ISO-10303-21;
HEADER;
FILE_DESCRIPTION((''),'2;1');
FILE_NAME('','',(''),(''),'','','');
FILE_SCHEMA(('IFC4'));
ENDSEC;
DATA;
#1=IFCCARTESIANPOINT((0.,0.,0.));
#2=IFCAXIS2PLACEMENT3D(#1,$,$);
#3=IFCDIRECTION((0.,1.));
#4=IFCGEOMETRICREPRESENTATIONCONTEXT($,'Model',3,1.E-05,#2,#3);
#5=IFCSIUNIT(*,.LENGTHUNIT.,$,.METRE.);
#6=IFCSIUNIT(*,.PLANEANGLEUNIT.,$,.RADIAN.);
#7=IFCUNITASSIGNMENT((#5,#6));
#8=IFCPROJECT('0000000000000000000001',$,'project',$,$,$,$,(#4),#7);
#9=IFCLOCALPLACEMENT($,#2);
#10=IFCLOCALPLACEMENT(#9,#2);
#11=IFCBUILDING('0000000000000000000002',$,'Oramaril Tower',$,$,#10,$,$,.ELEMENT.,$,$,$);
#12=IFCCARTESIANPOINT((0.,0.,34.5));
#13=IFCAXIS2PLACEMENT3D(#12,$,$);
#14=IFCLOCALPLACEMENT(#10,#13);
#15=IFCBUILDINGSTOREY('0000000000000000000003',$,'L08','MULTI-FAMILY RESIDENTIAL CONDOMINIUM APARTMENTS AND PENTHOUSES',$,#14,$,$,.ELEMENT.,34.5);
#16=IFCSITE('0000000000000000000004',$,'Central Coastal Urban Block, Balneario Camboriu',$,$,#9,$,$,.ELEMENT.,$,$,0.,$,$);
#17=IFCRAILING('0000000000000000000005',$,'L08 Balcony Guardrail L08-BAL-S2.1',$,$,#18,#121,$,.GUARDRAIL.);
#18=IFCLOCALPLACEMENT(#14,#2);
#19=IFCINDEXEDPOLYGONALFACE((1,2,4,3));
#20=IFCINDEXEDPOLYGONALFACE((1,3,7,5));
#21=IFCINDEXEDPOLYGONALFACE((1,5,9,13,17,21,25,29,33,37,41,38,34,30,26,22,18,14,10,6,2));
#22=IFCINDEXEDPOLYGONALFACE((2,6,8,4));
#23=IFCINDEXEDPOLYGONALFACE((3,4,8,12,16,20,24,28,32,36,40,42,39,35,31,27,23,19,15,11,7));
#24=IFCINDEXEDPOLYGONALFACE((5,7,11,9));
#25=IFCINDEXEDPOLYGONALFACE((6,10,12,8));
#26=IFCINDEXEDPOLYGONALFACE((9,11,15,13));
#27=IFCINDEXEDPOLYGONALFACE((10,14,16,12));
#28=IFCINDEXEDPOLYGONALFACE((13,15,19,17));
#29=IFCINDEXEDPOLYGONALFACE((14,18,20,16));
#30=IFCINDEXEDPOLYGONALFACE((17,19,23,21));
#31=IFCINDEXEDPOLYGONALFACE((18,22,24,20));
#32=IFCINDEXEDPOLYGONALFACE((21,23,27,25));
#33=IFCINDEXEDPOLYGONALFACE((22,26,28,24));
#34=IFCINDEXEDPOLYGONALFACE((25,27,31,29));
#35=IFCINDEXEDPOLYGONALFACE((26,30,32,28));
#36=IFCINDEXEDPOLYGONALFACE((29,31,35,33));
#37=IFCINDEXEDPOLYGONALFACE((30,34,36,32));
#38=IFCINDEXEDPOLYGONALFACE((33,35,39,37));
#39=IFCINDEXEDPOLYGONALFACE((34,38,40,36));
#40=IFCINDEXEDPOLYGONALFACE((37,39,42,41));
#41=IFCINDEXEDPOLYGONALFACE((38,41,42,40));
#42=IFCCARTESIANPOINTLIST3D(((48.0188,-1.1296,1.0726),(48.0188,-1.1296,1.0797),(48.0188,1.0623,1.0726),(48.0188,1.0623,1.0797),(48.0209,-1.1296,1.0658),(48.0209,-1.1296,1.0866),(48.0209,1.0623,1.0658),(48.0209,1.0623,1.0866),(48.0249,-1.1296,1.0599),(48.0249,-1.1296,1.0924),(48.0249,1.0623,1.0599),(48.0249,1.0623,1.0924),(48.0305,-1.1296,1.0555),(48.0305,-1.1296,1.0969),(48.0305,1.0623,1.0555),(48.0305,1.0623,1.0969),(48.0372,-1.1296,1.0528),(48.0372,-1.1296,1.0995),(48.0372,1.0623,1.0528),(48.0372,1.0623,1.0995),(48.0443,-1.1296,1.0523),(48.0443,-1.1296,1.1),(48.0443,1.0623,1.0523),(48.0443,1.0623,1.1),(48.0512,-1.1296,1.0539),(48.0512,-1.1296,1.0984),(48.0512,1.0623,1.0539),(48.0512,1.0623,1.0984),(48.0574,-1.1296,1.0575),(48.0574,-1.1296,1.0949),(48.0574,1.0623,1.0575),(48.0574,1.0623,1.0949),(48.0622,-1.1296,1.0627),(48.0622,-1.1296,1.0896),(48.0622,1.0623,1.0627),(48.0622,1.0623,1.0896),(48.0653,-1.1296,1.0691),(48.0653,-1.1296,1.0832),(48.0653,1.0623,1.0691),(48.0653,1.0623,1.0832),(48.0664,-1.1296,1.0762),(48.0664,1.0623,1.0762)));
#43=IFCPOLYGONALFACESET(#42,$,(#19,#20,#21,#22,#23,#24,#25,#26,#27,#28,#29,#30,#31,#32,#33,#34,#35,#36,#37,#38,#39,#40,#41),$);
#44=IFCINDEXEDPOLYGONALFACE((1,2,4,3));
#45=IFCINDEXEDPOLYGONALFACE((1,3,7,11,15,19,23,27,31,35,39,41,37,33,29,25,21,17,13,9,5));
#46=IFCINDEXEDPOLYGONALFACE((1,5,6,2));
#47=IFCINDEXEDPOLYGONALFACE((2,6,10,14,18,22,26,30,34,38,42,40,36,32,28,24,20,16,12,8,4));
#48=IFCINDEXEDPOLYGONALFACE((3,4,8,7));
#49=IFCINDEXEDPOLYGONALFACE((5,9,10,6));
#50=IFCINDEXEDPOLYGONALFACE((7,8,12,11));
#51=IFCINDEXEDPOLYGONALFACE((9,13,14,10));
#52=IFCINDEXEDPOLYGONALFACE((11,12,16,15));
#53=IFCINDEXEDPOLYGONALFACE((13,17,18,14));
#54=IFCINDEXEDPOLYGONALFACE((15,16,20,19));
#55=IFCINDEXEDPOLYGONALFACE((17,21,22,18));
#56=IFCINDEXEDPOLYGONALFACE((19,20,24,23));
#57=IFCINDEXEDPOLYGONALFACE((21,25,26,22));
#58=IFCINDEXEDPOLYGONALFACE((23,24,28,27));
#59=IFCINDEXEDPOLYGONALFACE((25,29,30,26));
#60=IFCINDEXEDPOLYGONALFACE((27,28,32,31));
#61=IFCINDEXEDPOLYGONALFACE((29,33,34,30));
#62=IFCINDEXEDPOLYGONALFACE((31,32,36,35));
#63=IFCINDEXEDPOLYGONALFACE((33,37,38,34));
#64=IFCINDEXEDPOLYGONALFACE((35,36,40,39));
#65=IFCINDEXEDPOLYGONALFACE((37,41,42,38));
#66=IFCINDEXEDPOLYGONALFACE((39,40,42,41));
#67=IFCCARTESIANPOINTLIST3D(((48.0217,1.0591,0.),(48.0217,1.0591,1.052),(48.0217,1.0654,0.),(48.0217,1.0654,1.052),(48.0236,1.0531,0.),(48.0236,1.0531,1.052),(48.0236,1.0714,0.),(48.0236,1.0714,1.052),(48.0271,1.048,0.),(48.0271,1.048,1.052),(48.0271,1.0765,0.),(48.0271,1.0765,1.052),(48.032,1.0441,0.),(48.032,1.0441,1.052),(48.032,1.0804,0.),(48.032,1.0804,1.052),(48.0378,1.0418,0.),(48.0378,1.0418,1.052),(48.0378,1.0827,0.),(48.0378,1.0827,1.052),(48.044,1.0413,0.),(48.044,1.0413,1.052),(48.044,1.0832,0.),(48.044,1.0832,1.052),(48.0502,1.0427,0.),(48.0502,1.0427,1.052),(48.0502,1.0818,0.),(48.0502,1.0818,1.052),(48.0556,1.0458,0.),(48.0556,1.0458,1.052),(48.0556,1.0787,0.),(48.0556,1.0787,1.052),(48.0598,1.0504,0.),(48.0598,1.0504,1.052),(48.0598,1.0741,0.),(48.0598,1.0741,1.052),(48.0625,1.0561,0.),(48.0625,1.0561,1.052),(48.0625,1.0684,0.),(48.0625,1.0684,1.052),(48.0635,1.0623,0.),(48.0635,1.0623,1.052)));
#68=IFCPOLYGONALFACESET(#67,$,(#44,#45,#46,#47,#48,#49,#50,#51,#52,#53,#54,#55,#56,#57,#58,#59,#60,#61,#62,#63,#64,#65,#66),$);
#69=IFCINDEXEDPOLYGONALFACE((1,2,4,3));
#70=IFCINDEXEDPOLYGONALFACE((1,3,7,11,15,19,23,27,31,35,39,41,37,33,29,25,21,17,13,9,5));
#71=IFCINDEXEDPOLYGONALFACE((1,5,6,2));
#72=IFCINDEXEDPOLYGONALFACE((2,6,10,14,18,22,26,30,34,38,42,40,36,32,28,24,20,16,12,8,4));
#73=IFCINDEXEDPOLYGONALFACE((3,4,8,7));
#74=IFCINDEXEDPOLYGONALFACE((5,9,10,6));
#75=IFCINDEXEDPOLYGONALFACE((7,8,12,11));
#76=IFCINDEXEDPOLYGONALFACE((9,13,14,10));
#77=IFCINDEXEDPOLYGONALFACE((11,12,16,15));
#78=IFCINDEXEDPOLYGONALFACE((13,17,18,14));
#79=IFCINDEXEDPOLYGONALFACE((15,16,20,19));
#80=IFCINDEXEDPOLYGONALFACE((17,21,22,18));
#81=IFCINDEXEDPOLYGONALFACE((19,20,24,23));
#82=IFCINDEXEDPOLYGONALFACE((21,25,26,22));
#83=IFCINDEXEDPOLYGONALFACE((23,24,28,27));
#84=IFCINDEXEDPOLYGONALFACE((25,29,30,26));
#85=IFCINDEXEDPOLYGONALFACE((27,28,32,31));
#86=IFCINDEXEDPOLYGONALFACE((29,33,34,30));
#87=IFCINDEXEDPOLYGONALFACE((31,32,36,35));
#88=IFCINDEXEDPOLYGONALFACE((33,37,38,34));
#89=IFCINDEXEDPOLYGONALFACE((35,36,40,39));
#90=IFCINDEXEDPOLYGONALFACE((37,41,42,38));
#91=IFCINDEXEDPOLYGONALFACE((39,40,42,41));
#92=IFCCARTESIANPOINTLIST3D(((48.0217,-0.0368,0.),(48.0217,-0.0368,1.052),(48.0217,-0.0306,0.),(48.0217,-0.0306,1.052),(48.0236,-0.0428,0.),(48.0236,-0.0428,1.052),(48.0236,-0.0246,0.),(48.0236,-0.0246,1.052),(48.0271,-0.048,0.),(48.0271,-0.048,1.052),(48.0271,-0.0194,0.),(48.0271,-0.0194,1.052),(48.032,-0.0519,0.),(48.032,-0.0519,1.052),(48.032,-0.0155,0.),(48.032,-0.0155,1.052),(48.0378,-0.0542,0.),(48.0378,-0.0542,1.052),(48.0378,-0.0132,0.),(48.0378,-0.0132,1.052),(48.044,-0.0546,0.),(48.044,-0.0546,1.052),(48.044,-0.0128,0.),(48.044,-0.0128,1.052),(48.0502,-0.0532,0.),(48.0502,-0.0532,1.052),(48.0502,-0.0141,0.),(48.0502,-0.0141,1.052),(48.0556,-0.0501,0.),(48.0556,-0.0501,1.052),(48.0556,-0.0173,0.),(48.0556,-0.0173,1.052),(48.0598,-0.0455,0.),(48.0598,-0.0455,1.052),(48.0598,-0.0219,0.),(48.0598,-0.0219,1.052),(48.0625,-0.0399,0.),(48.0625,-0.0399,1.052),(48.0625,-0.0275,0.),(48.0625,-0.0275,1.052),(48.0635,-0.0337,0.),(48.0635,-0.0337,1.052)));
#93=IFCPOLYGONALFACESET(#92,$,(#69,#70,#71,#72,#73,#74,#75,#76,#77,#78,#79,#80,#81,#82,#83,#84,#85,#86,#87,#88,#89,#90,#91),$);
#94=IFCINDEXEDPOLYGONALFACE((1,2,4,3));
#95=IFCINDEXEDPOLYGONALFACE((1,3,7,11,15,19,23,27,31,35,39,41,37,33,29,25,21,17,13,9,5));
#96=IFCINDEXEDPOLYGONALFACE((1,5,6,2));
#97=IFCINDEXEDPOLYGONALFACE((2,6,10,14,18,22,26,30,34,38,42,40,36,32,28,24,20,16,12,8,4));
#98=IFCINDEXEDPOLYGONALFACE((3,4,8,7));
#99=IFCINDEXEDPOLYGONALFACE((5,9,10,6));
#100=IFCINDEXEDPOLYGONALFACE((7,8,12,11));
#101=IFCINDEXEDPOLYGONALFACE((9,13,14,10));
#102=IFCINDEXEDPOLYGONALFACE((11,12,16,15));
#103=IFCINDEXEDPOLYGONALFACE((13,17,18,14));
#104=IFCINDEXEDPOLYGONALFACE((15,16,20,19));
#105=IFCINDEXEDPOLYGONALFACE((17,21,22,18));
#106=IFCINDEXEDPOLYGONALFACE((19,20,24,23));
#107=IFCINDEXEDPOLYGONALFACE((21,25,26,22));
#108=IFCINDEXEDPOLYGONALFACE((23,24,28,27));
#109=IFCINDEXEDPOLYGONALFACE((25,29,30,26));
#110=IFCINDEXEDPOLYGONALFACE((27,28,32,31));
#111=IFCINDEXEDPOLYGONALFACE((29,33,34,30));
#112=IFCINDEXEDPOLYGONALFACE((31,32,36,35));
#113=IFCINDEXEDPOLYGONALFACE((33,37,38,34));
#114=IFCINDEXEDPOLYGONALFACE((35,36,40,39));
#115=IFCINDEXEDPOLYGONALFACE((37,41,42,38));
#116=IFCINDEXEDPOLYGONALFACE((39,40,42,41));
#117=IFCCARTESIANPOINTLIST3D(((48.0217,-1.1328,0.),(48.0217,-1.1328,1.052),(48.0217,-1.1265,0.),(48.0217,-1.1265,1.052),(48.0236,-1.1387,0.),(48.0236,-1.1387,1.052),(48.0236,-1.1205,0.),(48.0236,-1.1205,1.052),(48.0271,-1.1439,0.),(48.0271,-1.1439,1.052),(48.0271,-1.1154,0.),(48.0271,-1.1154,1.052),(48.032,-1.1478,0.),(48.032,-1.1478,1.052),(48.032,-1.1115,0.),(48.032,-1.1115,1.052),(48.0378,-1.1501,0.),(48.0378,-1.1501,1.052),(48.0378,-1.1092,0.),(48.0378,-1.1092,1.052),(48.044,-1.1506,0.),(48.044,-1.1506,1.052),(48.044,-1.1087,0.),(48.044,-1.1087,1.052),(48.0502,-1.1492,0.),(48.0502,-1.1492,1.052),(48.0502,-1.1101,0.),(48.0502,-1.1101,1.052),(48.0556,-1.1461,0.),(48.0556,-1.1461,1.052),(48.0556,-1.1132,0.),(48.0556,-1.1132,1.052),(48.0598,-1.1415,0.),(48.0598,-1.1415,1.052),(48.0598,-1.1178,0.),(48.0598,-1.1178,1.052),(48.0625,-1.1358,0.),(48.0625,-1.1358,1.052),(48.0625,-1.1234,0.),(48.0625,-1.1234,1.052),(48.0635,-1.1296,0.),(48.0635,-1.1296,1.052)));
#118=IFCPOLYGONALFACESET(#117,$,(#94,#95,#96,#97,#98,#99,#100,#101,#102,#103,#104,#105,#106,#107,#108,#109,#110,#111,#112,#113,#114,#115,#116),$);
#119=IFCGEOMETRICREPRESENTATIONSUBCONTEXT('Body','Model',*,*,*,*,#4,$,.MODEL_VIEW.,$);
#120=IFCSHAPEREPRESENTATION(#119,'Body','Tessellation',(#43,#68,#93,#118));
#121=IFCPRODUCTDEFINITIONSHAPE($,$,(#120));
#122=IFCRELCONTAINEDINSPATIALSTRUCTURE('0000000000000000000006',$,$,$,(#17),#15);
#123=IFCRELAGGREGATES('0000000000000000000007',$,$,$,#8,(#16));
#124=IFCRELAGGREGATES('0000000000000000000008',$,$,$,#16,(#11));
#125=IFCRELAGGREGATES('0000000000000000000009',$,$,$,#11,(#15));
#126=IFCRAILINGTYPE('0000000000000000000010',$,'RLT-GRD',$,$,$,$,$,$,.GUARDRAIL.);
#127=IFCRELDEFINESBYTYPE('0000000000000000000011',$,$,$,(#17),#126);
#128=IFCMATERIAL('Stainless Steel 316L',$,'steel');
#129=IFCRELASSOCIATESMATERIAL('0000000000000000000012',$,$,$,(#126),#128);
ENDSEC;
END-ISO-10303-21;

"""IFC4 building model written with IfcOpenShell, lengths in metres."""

from ifc_helpers import new_model, si_unit, direction, frame, origin, origin_2d, place, context, subcontext, project, spatial, circle, extrude, material, type_object, element, save


model = new_model("IFC4")

# Units and contexts
model_context = context("Model", 3, precision=1e-05, world=origin(), true_north=direction((0.0, 1.0)))
body_context = subcontext(model_context, "Body", "Model", "MODEL_VIEW")
ifc_project = project(units=[si_unit("LENGTHUNIT", "METRE"), si_unit("PLANEANGLEUNIT", "RADIAN")], contexts=[model_context])

# Site, building, storey
site_placement = place(None, origin())
site = spatial("IfcSite", under=ifc_project, at=site_placement, Name="Central Coastal Urban Block, Balneario Camboriu", CompositionType="ELEMENT", RefElevation=0.0)
building_placement = place(site_placement, origin())
building = spatial("IfcBuilding", under=site, at=building_placement, Name="Oramaril Tower", CompositionType="ELEMENT")
storey_placement = place(building_placement, frame((0.0, 0.0, 34.5)))
storey = spatial("IfcBuildingStorey", under=building, at=storey_placement, Name="L08", Description="MULTI-FAMILY RESIDENTIAL CONDOMINIUM APARTMENTS AND PENTHOUSES", CompositionType="ELEMENT", Elevation=34.5)

# Railing
ifc_material_1 = material(Name="Stainless Steel 316L", Category="steel")
railing_type = type_object("IfcRailingType", Name="RLT-GRD", PredefinedType="GUARDRAIL", material=ifc_material_1)
railing_1_placement = place(storey_placement, frame((48.0425, 1.0623, 0.0)))
element("IfcRailing", 1, at=railing_1_placement, inside=storey, type_object=railing_type, Name="L08 Balcony Guardrail L08-BAL-S2.1", PredefinedType="GUARDRAIL", context=body_context, shape_type="SweptSolid", body=[
    extrude(circle(Radius=0.0239, at=origin_2d()), frame((0.0, 0.0, 1.0762), z_axis=(0.0, -1.0, 0.0), x_axis=(1.0, 0.0, 0.0)), (0.0, 0.0, 1.0), 2.1919),
    extrude(circle(Radius=0.021, at=origin_2d()), origin(), (0.0, 0.0, 1.0), 1.052),
    extrude(circle(Radius=0.021, at=origin_2d()), frame((0.0, -1.0959, 0.0)), (0.0, 0.0, 1.0), 1.052),
    extrude(circle(Radius=0.021, at=origin_2d()), frame((0.0, -2.1919, 0.0)), (0.0, 0.0, 1.0), 1.052),
])

save(model, "model.ifc")
